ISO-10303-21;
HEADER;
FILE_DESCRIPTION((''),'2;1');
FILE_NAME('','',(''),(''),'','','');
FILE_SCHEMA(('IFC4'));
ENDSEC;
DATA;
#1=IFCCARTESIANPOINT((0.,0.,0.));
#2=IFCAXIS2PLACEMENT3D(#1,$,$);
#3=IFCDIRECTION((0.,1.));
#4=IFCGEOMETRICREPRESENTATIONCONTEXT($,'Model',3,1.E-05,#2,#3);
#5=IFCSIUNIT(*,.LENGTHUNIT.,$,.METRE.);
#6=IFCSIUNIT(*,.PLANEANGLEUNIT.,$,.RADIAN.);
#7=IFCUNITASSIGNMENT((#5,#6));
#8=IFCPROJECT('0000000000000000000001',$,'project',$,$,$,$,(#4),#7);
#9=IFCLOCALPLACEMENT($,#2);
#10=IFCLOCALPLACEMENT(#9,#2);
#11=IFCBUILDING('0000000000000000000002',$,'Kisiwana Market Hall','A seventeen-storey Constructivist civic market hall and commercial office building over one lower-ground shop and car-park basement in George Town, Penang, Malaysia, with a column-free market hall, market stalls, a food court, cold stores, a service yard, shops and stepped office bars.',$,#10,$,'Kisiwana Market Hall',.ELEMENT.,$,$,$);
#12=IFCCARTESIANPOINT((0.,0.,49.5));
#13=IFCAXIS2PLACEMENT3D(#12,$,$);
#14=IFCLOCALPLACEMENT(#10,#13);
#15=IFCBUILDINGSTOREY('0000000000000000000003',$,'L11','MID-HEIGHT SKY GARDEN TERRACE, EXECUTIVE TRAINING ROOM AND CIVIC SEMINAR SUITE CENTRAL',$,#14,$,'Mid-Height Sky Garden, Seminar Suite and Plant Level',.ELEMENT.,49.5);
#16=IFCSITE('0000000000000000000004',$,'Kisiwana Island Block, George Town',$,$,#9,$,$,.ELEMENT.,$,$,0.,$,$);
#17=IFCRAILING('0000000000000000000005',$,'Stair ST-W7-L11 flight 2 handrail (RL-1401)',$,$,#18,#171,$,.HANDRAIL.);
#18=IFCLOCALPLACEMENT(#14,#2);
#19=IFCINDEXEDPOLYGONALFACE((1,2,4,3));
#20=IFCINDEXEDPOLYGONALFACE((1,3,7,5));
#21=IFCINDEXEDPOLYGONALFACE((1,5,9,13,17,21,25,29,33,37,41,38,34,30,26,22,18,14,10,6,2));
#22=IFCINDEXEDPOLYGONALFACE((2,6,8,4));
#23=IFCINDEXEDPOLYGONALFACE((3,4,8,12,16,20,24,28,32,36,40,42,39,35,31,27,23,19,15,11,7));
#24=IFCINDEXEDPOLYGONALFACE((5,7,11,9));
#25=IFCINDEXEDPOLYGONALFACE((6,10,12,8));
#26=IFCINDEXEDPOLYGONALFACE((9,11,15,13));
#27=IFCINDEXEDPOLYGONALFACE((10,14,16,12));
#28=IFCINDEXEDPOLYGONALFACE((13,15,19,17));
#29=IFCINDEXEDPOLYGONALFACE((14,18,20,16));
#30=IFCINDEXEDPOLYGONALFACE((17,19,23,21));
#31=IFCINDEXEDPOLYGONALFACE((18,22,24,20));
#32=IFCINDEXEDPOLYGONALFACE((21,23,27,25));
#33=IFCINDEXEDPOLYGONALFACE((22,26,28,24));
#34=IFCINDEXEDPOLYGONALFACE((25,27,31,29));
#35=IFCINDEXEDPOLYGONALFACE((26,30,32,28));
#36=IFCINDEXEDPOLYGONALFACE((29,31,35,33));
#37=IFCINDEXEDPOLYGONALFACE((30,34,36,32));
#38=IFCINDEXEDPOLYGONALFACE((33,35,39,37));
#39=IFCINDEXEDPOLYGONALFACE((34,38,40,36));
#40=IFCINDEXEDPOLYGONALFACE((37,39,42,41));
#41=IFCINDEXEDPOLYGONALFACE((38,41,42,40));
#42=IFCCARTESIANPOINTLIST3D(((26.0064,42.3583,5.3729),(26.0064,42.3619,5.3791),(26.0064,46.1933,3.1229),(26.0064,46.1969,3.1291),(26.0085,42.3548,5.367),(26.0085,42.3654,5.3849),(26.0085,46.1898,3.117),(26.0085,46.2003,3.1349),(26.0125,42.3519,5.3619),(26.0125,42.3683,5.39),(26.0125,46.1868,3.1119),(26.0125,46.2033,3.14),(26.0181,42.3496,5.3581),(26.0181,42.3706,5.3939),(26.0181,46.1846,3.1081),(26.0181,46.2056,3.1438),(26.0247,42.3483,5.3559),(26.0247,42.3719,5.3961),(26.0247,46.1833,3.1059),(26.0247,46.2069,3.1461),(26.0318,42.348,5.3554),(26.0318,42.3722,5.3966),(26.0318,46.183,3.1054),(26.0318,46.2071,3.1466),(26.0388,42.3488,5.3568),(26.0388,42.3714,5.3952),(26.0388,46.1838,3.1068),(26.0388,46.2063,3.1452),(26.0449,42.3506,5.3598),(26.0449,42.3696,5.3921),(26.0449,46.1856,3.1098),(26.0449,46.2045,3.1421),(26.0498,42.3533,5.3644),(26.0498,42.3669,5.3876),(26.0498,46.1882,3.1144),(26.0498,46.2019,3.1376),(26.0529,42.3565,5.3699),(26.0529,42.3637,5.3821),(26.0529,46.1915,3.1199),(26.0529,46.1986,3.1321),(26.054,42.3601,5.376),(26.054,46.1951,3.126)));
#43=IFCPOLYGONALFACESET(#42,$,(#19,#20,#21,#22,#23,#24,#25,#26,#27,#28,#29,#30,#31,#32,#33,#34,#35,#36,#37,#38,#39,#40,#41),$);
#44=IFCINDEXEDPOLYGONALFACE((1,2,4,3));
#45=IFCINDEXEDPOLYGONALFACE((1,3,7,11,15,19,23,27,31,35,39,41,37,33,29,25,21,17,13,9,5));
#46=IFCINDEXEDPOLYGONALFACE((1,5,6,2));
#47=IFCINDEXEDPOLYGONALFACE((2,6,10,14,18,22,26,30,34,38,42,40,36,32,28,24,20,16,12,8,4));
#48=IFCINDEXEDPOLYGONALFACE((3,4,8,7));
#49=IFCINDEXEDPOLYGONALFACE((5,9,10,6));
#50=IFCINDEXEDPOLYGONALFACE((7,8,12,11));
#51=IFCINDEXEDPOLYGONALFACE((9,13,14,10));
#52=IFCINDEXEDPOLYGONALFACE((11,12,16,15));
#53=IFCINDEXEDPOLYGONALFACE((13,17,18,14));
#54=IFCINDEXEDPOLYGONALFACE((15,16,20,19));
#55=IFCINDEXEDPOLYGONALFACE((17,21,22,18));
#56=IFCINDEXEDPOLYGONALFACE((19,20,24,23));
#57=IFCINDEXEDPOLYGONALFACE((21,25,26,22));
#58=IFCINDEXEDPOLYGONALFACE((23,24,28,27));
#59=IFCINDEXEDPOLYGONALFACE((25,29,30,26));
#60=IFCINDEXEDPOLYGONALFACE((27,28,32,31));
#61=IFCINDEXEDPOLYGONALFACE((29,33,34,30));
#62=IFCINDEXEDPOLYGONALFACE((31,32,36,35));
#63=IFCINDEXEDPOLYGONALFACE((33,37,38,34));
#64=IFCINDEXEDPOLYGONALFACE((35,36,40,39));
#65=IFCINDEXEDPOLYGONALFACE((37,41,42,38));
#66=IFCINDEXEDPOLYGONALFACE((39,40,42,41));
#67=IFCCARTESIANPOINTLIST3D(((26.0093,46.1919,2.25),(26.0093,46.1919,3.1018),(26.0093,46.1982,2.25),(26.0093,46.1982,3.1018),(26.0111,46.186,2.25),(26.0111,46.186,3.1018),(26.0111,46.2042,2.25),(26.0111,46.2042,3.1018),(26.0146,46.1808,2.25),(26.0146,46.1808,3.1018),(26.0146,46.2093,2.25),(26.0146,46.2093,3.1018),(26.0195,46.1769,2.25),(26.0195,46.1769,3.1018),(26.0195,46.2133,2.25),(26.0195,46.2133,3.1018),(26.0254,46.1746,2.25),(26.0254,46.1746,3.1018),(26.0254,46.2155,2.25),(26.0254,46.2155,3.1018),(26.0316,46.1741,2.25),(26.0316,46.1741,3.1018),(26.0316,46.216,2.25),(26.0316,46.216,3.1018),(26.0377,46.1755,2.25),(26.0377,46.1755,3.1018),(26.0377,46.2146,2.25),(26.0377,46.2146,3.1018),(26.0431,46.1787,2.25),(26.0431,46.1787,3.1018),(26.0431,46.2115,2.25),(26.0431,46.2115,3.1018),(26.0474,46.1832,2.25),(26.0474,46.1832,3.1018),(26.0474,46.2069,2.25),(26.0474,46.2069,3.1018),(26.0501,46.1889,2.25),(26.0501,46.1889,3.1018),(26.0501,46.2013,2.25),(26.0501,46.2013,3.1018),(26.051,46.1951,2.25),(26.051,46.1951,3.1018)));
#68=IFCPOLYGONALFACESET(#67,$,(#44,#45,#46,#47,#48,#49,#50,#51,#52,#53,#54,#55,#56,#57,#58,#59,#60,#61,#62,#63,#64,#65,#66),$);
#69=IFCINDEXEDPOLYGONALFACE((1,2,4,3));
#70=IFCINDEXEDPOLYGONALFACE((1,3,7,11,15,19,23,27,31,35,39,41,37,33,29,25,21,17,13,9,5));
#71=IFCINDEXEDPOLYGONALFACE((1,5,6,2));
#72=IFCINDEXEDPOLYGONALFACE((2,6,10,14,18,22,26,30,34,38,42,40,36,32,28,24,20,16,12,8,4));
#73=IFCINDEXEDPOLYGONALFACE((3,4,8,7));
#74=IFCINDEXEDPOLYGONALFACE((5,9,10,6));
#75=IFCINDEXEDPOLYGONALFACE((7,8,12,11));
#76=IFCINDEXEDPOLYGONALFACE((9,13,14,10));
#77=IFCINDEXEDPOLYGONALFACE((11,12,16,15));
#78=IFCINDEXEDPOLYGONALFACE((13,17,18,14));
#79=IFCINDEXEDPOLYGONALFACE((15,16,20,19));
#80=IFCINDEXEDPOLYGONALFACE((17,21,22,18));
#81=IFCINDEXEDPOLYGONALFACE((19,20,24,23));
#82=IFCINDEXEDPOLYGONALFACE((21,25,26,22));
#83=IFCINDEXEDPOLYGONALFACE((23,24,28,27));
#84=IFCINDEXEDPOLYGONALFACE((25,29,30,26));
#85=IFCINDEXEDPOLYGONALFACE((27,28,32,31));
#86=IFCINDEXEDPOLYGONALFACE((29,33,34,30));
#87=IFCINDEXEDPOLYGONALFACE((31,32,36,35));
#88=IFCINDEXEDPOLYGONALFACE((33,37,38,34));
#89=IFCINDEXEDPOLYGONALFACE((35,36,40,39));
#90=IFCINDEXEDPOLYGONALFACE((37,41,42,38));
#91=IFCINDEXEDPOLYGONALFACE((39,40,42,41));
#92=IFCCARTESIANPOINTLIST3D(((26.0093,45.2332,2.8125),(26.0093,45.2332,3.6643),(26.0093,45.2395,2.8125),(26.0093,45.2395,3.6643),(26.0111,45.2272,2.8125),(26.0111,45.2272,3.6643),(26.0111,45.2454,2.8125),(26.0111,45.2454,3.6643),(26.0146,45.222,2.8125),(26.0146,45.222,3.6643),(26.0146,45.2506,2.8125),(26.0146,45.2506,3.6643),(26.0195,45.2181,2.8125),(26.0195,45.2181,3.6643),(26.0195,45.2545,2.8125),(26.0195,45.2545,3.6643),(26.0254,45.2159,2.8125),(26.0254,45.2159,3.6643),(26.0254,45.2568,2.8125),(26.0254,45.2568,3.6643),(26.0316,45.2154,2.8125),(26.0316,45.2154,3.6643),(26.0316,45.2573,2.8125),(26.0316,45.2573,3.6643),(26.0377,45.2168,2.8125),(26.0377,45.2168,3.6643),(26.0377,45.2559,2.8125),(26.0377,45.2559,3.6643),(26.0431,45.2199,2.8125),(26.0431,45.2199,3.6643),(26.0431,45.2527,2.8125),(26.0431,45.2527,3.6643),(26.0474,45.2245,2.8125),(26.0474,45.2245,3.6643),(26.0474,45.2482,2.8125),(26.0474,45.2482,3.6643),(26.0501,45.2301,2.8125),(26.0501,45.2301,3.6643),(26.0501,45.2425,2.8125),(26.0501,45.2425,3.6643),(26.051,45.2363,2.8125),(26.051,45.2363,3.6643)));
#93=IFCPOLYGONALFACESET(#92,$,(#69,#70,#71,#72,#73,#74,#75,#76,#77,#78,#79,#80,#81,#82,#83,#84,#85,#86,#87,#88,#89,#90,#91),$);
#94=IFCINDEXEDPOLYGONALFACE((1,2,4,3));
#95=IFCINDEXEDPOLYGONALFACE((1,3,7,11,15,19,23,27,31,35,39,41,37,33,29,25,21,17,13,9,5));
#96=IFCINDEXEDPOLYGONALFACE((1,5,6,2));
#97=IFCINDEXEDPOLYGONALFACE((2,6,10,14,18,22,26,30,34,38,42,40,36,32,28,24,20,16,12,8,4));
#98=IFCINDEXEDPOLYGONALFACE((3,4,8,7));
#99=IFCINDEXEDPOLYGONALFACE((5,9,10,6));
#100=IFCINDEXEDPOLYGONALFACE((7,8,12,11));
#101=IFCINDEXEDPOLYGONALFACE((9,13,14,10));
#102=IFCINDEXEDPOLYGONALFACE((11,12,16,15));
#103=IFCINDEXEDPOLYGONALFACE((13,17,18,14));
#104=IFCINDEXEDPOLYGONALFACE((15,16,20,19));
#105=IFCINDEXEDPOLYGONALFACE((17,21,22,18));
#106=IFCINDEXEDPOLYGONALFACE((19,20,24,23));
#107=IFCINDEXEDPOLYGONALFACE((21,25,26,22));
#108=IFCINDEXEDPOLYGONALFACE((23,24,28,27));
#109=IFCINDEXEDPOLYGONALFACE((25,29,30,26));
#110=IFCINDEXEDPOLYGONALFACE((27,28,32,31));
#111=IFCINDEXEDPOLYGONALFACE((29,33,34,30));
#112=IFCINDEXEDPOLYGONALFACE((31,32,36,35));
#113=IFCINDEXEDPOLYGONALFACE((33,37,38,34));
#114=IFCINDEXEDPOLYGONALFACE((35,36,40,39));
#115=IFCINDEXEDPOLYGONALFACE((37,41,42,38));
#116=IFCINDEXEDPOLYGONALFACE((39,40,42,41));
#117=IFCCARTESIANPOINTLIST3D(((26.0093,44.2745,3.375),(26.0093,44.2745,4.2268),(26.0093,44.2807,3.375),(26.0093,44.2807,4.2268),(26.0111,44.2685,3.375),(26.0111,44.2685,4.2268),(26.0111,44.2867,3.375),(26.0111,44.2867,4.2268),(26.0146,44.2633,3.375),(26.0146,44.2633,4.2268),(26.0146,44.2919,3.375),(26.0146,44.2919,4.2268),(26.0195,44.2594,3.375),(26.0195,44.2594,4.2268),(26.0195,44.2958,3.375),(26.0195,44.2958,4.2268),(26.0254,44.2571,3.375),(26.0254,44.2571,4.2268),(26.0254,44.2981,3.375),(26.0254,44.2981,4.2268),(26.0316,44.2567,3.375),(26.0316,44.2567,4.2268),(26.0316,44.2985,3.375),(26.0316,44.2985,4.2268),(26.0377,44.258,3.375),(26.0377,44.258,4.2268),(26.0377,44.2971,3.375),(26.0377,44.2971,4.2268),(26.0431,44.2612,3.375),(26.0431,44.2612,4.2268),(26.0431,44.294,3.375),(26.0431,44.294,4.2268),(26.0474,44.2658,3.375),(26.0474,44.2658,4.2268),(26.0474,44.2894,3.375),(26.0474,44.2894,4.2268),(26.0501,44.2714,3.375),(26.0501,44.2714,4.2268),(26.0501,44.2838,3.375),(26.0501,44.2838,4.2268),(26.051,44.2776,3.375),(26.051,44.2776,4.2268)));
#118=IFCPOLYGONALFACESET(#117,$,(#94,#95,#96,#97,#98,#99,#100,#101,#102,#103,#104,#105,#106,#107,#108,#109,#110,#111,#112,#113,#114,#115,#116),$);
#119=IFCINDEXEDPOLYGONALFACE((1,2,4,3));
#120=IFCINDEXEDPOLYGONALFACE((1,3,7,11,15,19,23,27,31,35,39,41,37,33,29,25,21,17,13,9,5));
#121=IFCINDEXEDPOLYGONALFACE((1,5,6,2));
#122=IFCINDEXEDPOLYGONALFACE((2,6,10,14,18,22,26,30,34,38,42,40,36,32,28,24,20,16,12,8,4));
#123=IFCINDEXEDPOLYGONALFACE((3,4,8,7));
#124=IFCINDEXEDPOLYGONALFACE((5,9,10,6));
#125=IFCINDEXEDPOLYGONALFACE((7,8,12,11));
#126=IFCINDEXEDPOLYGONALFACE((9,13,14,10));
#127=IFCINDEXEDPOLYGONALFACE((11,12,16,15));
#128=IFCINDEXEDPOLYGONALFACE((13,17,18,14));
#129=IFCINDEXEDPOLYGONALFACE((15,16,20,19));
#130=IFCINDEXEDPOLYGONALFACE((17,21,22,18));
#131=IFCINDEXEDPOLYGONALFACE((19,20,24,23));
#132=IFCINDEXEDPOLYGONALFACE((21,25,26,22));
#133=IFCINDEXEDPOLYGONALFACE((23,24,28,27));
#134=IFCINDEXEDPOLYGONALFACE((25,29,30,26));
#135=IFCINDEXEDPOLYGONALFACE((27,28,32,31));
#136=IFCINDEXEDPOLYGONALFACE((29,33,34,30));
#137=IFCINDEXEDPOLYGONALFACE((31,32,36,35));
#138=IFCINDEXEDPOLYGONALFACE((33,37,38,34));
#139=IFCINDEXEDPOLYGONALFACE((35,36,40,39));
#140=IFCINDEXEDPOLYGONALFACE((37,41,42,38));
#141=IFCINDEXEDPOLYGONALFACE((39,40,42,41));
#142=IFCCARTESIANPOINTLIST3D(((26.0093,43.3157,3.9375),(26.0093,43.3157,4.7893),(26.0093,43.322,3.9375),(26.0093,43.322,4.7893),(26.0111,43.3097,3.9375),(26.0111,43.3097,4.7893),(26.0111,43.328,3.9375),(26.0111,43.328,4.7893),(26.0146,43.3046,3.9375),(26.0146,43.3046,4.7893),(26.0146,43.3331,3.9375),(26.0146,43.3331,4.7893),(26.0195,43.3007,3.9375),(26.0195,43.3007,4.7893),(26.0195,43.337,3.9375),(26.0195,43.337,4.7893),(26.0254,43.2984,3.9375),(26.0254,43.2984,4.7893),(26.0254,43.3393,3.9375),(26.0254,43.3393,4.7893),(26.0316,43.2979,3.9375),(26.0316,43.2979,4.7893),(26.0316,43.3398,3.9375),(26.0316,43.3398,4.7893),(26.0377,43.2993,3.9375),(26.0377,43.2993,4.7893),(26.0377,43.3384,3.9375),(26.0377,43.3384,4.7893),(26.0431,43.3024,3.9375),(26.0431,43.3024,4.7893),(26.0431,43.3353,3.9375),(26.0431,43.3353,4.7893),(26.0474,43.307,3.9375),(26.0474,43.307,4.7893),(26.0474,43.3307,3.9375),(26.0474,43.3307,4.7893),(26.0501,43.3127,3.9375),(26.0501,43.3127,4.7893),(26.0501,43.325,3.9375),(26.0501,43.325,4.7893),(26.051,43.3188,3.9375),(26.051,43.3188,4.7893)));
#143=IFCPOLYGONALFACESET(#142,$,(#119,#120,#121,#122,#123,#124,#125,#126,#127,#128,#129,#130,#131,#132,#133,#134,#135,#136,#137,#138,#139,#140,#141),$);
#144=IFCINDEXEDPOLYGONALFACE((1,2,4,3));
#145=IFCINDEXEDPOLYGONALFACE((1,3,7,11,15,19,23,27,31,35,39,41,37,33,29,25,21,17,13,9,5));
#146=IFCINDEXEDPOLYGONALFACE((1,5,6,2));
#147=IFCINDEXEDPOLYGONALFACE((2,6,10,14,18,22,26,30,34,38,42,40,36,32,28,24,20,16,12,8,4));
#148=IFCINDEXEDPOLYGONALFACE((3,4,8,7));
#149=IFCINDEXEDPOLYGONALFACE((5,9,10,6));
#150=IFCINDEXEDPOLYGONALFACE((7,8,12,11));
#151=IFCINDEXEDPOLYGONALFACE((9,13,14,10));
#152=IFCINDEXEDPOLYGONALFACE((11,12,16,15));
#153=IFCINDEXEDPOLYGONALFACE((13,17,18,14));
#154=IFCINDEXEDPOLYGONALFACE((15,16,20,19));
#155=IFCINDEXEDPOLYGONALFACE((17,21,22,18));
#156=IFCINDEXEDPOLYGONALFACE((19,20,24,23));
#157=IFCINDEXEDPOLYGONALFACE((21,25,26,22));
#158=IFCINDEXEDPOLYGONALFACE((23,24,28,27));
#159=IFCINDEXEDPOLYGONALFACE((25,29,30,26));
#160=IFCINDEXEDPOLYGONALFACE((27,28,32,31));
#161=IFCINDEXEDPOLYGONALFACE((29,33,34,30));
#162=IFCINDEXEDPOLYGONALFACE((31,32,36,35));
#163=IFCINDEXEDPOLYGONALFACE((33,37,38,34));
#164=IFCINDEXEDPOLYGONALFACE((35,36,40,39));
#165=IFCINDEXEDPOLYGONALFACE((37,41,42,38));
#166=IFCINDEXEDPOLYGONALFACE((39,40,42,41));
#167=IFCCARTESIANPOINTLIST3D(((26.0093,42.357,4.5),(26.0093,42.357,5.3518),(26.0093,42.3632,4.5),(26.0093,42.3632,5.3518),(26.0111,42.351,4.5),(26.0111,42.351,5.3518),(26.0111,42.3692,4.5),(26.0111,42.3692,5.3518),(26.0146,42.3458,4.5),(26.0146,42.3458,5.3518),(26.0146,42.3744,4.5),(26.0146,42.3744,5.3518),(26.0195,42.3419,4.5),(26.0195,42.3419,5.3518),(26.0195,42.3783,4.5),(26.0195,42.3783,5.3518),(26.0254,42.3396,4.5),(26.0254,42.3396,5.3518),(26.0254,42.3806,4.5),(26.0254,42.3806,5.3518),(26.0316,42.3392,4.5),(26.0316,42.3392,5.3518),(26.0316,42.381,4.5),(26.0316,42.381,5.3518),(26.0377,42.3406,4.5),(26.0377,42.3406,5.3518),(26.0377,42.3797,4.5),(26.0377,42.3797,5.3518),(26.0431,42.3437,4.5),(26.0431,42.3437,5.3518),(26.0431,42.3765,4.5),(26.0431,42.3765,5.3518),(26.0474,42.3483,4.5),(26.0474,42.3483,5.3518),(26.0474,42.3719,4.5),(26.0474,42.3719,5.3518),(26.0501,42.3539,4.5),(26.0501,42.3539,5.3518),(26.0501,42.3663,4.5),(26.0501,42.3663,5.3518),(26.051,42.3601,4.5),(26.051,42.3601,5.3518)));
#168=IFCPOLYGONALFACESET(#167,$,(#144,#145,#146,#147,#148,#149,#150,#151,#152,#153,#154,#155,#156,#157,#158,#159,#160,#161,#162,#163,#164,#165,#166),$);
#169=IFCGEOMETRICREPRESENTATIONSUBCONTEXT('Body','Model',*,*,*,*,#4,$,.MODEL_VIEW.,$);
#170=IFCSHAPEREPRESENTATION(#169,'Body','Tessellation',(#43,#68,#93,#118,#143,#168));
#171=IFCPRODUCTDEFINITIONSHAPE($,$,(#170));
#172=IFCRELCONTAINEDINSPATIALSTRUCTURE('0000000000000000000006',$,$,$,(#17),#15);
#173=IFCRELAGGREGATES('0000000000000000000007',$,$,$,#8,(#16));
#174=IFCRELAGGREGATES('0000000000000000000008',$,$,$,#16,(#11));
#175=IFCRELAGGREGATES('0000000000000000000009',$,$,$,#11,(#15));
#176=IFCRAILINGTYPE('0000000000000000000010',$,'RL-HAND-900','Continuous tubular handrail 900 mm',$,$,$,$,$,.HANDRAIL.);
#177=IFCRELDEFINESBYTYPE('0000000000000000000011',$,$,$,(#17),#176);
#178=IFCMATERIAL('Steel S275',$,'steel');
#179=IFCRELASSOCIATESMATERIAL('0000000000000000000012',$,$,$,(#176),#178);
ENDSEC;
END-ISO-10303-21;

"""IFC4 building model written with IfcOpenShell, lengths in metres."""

from ifc_helpers import new_model, si_unit, direction, frame, origin, origin_2d, place, context, subcontext, project, spatial, circle, extrude, material, type_object, element, save


model = new_model("IFC4")

# Units and contexts
model_context = context("Model", 3, precision=1e-05, world=origin(), true_north=direction((0.0, 1.0)))
body_context = subcontext(model_context, "Body", "Model", "MODEL_VIEW")
ifc_project = project(units=[si_unit("LENGTHUNIT", "METRE"), si_unit("PLANEANGLEUNIT", "RADIAN")], contexts=[model_context])

# Site, building, storey
site_placement = place(None, origin())
site = spatial("IfcSite", under=ifc_project, at=site_placement, Name="Kisiwana Island Block, George Town", CompositionType="ELEMENT", RefElevation=0.0)
building_placement = place(site_placement, origin())
building = spatial("IfcBuilding", under=site, at=building_placement, Name="Kisiwana Market Hall", Description="A seventeen-storey Constructivist civic market hall and commercial office building over one lower-ground shop and car-park basement in George Town, Penang, Malaysia, with a column-free market hall, market stalls, a food court, cold stores, a service yard, shops and stepped office bars.", LongName="Kisiwana Market Hall", CompositionType="ELEMENT")
storey_placement = place(building_placement, frame((0.0, 0.0, 49.5)))
storey = spatial("IfcBuildingStorey", under=building, at=storey_placement, Name="L11", Description="MID-HEIGHT SKY GARDEN TERRACE, EXECUTIVE TRAINING ROOM AND CIVIC SEMINAR SUITE CENTRAL", LongName="Mid-Height Sky Garden, Seminar Suite and Plant Level", CompositionType="ELEMENT", Elevation=49.5)

# Railing
ifc_material_1 = material(Name="Steel S275", Category="steel")
railing_type_1 = type_object("IfcRailingType", Name="RL-HAND-900", Description="Continuous tubular handrail 900 mm", PredefinedType="HANDRAIL", material=ifc_material_1)
railing_1_placement = place(storey_placement, frame((26.03, 46.1951, 2.25)))
element("IfcRailing", 1, at=railing_1_placement, inside=storey, type_object=railing_type_1, Name="Stair ST-W7-L11 flight 2 handrail (RL-1401)", PredefinedType="HANDRAIL", context=body_context, shape_type="SweptSolid", body=[
    extrude(circle(Radius=0.0239, at=origin_2d()), frame((0.0, 0.0, 0.876), z_axis=(0.0, -0.86251, 0.506041), x_axis=(1.0, 0.0, 0.0)), (0.0, 0.0, 1.0), 4.4463),
    extrude(circle(Radius=0.021, at=origin_2d()), origin(), (0.0, 0.0, 1.0), 0.8518),
    extrude(circle(Radius=0.021, at=origin_2d()), frame((0.0, -0.9587, 0.5625)), (0.0, 0.0, 1.0), 0.8518),
    extrude(circle(Radius=0.021, at=origin_2d()), frame((0.0, -1.9175, 1.125)), (0.0, 0.0, 1.0), 0.8518),
    extrude(circle(Radius=0.021, at=origin_2d()), frame((0.0, -2.8762, 1.6875)), (0.0, 0.0, 1.0), 0.8518),
    extrude(circle(Radius=0.021, at=origin_2d()), frame((0.0, -3.835, 2.25)), (0.0, 0.0, 1.0), 0.8518),
])

save(model, "model.ifc")
